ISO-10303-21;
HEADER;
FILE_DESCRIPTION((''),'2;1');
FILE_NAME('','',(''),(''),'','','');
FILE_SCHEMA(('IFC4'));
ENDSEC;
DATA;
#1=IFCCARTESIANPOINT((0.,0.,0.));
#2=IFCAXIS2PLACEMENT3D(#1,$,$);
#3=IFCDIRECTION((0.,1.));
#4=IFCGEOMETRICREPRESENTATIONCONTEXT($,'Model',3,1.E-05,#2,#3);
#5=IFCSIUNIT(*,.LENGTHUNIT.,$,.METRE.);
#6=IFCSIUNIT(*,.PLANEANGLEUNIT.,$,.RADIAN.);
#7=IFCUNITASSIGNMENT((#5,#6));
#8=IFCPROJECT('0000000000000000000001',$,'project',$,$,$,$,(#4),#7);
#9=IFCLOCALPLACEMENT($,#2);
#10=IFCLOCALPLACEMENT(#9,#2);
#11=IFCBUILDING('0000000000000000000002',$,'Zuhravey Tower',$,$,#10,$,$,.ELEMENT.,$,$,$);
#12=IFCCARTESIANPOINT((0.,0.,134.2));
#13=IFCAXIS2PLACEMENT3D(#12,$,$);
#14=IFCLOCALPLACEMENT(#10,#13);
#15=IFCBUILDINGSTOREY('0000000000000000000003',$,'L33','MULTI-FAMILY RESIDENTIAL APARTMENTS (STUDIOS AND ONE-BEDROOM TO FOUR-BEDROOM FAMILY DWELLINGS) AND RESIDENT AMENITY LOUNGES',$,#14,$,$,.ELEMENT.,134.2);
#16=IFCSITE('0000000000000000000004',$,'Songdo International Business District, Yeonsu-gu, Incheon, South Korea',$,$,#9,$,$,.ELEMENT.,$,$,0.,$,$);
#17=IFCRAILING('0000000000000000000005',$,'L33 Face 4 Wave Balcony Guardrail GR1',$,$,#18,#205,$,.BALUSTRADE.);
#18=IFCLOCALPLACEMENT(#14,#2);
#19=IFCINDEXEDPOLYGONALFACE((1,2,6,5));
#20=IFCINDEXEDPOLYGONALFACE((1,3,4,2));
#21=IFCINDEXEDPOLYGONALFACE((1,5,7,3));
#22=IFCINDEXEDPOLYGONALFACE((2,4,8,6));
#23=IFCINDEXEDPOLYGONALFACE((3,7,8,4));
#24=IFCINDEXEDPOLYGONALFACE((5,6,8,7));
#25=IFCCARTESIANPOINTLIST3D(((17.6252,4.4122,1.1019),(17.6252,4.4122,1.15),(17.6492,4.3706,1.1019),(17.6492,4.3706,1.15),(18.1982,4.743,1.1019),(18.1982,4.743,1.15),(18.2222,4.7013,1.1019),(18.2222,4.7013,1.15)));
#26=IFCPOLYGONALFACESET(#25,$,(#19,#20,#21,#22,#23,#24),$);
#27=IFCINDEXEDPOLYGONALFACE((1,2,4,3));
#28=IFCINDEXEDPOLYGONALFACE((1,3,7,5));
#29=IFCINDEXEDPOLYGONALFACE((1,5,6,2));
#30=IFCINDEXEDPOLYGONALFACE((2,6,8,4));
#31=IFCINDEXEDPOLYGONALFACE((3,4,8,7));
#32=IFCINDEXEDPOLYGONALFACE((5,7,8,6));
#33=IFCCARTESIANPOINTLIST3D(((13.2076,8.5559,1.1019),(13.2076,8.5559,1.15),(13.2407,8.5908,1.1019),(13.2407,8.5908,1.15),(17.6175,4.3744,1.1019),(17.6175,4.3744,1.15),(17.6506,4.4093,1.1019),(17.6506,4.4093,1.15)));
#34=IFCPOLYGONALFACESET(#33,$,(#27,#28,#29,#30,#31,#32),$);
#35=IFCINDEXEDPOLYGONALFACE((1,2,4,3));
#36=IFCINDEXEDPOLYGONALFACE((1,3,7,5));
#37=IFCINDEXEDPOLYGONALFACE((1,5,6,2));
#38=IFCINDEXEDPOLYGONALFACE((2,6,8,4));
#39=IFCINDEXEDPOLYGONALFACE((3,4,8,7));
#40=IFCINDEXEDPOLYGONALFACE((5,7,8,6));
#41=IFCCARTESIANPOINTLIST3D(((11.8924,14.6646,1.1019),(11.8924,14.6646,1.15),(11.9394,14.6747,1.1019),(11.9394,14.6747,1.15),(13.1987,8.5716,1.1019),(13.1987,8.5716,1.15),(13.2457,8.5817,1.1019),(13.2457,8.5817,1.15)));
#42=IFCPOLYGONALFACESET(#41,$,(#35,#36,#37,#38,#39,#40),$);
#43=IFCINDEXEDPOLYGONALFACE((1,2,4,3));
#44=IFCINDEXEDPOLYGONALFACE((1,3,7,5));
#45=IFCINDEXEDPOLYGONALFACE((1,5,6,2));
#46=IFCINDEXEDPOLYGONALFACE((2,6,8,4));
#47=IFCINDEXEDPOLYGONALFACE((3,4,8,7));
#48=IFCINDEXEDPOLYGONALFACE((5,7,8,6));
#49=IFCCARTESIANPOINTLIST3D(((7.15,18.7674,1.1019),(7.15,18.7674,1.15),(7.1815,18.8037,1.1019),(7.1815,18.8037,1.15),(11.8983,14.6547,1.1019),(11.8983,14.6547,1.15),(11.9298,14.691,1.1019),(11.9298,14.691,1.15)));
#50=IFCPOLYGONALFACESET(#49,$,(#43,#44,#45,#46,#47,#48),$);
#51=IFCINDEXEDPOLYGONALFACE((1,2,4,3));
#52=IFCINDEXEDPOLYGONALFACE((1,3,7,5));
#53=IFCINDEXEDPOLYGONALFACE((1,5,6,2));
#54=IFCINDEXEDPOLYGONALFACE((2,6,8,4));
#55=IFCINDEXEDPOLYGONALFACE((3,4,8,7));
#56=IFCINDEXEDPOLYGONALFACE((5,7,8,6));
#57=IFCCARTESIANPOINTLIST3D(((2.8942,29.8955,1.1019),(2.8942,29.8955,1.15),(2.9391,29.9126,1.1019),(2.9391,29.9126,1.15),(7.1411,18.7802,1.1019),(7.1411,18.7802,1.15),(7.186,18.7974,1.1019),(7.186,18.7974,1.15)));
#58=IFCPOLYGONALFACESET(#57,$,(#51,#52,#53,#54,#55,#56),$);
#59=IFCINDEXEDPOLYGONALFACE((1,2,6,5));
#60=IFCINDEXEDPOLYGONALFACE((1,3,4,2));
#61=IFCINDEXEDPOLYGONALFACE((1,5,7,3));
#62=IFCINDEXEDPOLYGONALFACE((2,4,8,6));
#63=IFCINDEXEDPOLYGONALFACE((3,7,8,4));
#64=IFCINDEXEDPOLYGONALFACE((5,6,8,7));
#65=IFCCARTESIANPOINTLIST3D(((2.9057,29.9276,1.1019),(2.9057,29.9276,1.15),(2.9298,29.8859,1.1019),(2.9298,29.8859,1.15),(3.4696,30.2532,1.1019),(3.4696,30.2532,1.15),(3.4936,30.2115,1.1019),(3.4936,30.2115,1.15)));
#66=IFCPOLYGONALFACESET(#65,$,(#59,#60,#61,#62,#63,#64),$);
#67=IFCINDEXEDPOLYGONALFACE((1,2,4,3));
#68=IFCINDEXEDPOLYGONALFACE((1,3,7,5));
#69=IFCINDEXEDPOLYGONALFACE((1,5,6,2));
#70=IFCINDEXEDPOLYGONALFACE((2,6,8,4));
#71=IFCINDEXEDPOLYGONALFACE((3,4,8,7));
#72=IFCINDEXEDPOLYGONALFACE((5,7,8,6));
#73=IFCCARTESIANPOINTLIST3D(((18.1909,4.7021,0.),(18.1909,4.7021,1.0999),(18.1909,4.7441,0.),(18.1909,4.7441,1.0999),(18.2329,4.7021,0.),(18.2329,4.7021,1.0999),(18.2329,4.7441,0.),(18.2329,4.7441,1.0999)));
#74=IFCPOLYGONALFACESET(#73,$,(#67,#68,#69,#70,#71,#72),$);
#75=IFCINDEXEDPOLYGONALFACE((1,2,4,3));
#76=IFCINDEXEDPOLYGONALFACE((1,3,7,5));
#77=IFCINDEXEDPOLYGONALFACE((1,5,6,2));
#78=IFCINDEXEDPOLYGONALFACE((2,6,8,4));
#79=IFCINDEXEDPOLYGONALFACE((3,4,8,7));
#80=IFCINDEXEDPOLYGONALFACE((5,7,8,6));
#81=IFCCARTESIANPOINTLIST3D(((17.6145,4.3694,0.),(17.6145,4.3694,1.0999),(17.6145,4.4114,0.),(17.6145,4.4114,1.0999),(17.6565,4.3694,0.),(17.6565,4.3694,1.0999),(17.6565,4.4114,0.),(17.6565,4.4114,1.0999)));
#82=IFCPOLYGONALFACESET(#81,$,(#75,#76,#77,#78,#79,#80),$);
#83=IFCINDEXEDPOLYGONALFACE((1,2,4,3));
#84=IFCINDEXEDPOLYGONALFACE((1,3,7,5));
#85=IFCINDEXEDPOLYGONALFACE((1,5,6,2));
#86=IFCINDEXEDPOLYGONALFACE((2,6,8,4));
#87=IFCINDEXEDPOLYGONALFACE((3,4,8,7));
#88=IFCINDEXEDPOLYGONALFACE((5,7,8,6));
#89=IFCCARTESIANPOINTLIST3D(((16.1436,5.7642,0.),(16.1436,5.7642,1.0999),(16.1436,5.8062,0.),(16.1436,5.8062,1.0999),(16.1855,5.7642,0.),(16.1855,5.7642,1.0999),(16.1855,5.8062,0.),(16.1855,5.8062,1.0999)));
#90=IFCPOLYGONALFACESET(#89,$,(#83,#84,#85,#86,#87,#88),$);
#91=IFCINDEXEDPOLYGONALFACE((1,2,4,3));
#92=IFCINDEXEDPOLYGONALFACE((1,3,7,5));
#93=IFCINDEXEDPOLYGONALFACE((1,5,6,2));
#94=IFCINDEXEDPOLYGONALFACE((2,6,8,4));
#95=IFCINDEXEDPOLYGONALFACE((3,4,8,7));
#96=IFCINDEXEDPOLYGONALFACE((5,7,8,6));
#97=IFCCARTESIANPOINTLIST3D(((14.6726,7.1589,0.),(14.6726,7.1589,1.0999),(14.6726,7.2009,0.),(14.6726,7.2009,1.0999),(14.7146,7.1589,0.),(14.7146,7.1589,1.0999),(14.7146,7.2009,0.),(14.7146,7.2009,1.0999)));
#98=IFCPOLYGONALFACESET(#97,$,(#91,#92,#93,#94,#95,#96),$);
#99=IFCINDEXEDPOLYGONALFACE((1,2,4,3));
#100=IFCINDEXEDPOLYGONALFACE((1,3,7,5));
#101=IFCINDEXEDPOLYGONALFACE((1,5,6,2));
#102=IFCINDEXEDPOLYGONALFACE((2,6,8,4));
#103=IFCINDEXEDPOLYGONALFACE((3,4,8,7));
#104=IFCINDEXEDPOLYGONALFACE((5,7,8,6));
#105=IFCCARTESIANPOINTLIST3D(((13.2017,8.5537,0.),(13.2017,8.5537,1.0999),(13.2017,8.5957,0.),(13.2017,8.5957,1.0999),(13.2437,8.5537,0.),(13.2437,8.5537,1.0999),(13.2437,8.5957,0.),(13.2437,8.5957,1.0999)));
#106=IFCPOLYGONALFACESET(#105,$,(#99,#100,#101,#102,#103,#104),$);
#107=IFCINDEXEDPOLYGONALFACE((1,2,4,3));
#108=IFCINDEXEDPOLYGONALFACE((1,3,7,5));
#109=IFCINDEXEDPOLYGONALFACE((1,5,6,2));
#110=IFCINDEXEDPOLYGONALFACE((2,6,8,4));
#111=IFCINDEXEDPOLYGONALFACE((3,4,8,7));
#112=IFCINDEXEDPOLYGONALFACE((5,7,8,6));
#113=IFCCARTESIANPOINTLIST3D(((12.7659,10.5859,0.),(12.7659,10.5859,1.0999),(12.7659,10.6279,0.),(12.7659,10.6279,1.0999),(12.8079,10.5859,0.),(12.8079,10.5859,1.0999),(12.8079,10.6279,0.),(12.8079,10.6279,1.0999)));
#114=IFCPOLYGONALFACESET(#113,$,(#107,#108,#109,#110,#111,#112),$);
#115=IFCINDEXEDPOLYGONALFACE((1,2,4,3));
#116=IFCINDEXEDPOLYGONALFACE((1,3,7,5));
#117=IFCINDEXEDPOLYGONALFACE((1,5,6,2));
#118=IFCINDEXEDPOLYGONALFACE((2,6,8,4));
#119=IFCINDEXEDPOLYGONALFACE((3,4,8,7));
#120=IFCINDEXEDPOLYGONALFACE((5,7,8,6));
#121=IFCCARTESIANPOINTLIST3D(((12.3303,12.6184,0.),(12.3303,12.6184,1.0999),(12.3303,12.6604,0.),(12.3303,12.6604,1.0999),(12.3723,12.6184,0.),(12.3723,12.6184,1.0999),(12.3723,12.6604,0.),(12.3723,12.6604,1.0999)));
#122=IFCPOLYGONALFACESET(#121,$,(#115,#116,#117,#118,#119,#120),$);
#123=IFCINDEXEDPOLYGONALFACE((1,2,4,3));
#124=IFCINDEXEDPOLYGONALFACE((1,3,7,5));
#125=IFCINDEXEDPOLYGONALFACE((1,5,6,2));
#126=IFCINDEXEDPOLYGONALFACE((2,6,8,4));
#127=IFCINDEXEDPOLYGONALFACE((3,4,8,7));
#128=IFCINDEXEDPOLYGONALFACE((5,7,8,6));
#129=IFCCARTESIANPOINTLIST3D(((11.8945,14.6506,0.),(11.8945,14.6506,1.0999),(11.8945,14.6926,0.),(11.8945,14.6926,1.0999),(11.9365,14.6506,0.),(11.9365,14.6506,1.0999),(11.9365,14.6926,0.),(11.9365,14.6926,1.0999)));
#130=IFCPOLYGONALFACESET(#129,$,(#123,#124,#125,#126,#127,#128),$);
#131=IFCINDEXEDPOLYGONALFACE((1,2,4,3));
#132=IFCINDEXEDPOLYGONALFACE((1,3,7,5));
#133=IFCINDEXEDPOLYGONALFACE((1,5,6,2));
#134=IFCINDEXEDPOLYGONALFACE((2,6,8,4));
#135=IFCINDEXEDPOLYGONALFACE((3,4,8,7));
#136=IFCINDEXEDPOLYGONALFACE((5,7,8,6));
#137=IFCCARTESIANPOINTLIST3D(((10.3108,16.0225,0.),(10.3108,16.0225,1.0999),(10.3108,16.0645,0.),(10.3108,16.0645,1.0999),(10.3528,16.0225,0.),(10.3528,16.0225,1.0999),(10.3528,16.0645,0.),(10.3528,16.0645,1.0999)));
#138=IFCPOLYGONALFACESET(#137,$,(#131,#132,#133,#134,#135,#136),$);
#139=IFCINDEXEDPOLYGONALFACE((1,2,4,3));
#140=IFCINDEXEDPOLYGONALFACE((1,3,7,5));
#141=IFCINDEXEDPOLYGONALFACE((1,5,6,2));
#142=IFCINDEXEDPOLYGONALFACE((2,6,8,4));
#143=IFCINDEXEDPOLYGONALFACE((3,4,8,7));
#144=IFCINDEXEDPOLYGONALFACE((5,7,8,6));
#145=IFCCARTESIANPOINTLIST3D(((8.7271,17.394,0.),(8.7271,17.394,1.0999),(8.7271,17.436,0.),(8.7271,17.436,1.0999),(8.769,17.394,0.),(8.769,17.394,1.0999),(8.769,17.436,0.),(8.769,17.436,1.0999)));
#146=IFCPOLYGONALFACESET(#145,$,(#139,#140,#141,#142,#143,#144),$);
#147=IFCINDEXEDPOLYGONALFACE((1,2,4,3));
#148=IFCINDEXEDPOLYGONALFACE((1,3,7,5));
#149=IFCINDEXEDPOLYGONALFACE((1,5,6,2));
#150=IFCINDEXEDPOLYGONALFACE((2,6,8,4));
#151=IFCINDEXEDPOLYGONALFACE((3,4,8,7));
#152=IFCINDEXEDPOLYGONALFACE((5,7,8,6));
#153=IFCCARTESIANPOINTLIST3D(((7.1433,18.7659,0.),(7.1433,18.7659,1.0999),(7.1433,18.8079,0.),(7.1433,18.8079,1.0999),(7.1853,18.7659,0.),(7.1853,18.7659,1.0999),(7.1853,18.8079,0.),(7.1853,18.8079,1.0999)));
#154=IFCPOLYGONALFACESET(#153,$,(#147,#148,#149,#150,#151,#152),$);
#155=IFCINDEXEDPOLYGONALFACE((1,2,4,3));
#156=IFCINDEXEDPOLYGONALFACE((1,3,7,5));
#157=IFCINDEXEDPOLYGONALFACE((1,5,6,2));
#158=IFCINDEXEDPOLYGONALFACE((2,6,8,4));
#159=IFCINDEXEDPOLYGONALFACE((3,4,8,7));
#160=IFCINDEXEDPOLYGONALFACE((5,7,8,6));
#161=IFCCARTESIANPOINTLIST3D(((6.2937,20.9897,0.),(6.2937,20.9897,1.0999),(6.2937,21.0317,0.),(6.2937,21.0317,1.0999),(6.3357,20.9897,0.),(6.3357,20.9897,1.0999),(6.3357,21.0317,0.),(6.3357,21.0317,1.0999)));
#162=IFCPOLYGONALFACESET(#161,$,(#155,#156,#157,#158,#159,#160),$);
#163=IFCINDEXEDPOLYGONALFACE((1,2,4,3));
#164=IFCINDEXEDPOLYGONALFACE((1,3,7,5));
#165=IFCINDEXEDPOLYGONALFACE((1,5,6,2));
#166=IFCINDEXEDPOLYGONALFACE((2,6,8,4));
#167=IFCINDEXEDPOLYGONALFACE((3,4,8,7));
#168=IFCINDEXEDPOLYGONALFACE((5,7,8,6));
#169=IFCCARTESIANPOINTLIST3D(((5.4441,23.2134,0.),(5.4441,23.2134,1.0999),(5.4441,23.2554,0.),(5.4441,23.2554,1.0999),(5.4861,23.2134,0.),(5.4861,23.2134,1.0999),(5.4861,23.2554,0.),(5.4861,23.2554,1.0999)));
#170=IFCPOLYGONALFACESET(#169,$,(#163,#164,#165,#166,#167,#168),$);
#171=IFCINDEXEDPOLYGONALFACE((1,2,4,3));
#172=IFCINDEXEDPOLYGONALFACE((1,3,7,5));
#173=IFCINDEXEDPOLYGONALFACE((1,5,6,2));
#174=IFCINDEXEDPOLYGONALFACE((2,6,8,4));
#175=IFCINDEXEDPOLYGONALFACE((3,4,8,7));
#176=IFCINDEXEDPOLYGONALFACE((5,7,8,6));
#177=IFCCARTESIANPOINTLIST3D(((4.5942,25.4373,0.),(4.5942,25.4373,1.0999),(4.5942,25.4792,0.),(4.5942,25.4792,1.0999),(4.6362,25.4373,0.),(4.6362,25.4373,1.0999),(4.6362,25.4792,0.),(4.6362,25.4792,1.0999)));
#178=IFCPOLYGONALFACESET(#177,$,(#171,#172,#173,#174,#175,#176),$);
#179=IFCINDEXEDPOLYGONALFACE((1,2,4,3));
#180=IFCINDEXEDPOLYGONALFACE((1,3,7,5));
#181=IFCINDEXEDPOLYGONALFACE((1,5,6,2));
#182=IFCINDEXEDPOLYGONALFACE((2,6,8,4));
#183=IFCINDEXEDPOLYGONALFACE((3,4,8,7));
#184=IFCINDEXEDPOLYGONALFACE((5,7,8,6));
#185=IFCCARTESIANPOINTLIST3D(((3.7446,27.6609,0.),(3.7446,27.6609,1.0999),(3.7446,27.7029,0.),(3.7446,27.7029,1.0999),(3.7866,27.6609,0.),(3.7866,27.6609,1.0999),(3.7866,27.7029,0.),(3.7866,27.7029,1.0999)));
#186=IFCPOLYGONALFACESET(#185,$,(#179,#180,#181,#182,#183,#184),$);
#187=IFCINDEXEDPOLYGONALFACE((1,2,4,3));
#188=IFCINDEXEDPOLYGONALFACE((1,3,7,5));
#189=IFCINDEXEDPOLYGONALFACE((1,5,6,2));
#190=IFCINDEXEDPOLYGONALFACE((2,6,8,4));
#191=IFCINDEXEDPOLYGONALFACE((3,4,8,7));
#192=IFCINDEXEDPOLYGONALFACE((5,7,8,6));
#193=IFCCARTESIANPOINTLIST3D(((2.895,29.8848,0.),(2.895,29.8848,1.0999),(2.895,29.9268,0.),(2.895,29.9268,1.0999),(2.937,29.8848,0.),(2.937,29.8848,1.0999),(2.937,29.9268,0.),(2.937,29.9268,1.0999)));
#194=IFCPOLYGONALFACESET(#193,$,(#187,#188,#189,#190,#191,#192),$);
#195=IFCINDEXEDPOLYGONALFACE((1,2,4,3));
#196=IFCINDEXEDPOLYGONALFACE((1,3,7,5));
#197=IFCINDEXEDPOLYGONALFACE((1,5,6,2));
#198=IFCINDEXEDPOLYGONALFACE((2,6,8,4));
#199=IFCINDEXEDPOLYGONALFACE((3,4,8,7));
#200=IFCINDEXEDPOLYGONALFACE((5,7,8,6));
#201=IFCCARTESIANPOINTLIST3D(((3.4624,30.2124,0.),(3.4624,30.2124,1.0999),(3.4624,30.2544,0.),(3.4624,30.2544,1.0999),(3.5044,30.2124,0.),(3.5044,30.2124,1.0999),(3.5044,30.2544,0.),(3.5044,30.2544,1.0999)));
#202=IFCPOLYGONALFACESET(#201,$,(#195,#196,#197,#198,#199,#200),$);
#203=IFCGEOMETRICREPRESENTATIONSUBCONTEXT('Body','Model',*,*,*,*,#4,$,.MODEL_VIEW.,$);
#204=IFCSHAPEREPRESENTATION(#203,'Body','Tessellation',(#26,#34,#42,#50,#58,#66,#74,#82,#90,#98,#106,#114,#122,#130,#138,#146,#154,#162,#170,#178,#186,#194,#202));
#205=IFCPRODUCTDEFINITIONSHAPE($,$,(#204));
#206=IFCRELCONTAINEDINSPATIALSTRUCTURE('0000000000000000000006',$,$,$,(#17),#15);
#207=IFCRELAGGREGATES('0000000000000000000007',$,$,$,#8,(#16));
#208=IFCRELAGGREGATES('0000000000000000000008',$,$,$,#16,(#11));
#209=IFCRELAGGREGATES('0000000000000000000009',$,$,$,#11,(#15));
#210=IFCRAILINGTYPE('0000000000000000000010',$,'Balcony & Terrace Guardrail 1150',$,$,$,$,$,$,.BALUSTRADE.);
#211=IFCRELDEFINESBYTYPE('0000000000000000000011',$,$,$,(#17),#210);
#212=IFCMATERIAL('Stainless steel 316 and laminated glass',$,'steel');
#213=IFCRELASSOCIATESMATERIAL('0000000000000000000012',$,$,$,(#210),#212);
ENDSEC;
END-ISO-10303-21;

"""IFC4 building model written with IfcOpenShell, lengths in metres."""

from ifc_helpers import new_model, si_unit, direction, frame, origin, origin_2d, place, context, subcontext, project, spatial, rectangle, extrude, material, type_object, element, save


model = new_model("IFC4")

# Units and contexts
model_context = context("Model", 3, precision=1e-05, world=origin(), true_north=direction((0.0, 1.0)))
body_context = subcontext(model_context, "Body", "Model", "MODEL_VIEW")
ifc_project = project(units=[si_unit("LENGTHUNIT", "METRE"), si_unit("PLANEANGLEUNIT", "RADIAN")], contexts=[model_context])

# Site, building, storey
site_placement = place(None, origin())
site = spatial("IfcSite", under=ifc_project, at=site_placement, Name="Songdo International Business District, Yeonsu-gu, Incheon, South Korea", CompositionType="ELEMENT", RefElevation=0.0)
building_placement = place(site_placement, origin())
building = spatial("IfcBuilding", under=site, at=building_placement, Name="Zuhravey Tower", CompositionType="ELEMENT")
storey_placement = place(building_placement, frame((0.0, 0.0, 134.2)))
storey = spatial("IfcBuildingStorey", under=building, at=storey_placement, Name="L33", Description="MULTI-FAMILY RESIDENTIAL APARTMENTS (STUDIOS AND ONE-BEDROOM TO FOUR-BEDROOM FAMILY DWELLINGS) AND RESIDENT AMENITY LOUNGES", CompositionType="ELEMENT", Elevation=134.2)

# Railing
ifc_material_1 = material(Name="Stainless steel 316 and laminated glass", Category="steel")
railing_type = type_object("IfcRailingType", Name="Balcony & Terrace Guardrail 1150", PredefinedType="BALUSTRADE", material=ifc_material_1)
railing_placement = place(storey_placement, frame((18.2119, 4.7231, 0.0)))
element("IfcRailing", 1, at=railing_placement, inside=storey, type_object=railing_type, Name="L33 Face 4 Wave Balcony Guardrail GR1", PredefinedType="BALUSTRADE", context=body_context, shape_type="SweptSolid", body=[
    extrude(rectangle(XDim=0.0481, YDim=0.0481, at=origin_2d()), frame((-0.0017, -0.001, 1.126), z_axis=(-0.866045, -0.499966, 0.0), x_axis=(0.499966, -0.866045, 0.0)), (0.0, 0.0, 1.0), 0.6616),
    extrude(rectangle(XDim=0.0481, YDim=0.0481, at=origin_2d()), frame((-0.5779, -0.3313, 1.126), z_axis=(-0.725646, 0.688069, 0.0), x_axis=(-0.688069, -0.725646, 0.0)), (0.0, 0.0, 1.0), 6.0771),
    extrude(rectangle(XDim=0.0481, YDim=0.0481, at=origin_2d()), frame((-4.9897, 3.8535, 1.126), z_axis=(-0.209628, 0.977781, 0.0), x_axis=(-0.977781, -0.209628, 0.0)), (0.0, 0.0, 1.0), 6.2314),
    extrude(rectangle(XDim=0.0481, YDim=0.0481, at=origin_2d()), frame((-6.2979, 9.9497, 1.126), z_axis=(-0.755885, 0.654704, 0.0), x_axis=(-0.654704, -0.755885, 0.0)), (0.0, 0.0, 1.0), 6.2817),
    extrude(rectangle(XDim=0.0481, YDim=0.0481, at=origin_2d()), frame((-11.0483, 14.0657, 1.126), z_axis=(-0.356914, 0.934137, 0.0), x_axis=(-0.934137, -0.356914, 0.0)), (0.0, 0.0, 1.0), 11.8989),
    extrude(rectangle(XDim=0.0481, YDim=0.0481, at=origin_2d()), frame((-15.2942, 25.1836, 1.126), z_axis=(0.865987, 0.500067, 0.0), x_axis=(-0.500067, 0.865987, 0.0)), (0.0, 0.0, 1.0), 0.6511),
    extrude(rectangle(XDim=0.042, YDim=0.042, at=origin_2d()), origin(), (0.0, 0.0, 1.0), 1.0999),
    extrude(rectangle(XDim=0.042, YDim=0.042, at=origin_2d()), frame((-0.5764, -0.3328, 0.0)), (0.0, 0.0, 1.0), 1.0999),
    extrude(rectangle(XDim=0.042, YDim=0.042, at=origin_2d()), frame((-2.0474, 1.062, 0.0)), (0.0, 0.0, 1.0), 1.0999),
    extrude(rectangle(XDim=0.042, YDim=0.042, at=origin_2d()), frame((-3.5183, 2.4568, 0.0)), (0.0, 0.0, 1.0), 1.0999),
    extrude(rectangle(XDim=0.042, YDim=0.042, at=origin_2d()), frame((-4.9893, 3.8516, 0.0)), (0.0, 0.0, 1.0), 1.0999),
    extrude(rectangle(XDim=0.042, YDim=0.042, at=origin_2d()), frame((-5.425, 5.8838, 0.0)), (0.0, 0.0, 1.0), 1.0999),
    extrude(rectangle(XDim=0.042, YDim=0.042, at=origin_2d()), frame((-5.8606, 7.9163, 0.0)), (0.0, 0.0, 1.0), 1.0999),
    extrude(rectangle(XDim=0.042, YDim=0.042, at=origin_2d()), frame((-6.2964, 9.9485, 0.0)), (0.0, 0.0, 1.0), 1.0999),
    extrude(rectangle(XDim=0.042, YDim=0.042, at=origin_2d()), frame((-7.8801, 11.3203, 0.0)), (0.0, 0.0, 1.0), 1.0999),
    extrude(rectangle(XDim=0.042, YDim=0.042, at=origin_2d()), frame((-9.4639, 12.6919, 0.0)), (0.0, 0.0, 1.0), 1.0999),
    extrude(rectangle(XDim=0.042, YDim=0.042, at=origin_2d()), frame((-11.0476, 14.0637, 0.0)), (0.0, 0.0, 1.0), 1.0999),
    extrude(rectangle(XDim=0.042, YDim=0.042, at=origin_2d()), frame((-11.8972, 16.2876, 0.0)), (0.0, 0.0, 1.0), 1.0999),
    extrude(rectangle(XDim=0.042, YDim=0.042, at=origin_2d()), frame((-12.7468, 18.5112, 0.0)), (0.0, 0.0, 1.0), 1.0999),
    extrude(rectangle(XDim=0.042, YDim=0.042, at=origin_2d()), frame((-13.5967, 20.7351, 0.0)), (0.0, 0.0, 1.0), 1.0999),
    extrude(rectangle(XDim=0.042, YDim=0.042, at=origin_2d()), frame((-14.4463, 22.9587, 0.0)), (0.0, 0.0, 1.0), 1.0999),
    extrude(rectangle(XDim=0.042, YDim=0.042, at=origin_2d()), frame((-15.2959, 25.1826, 0.0)), (0.0, 0.0, 1.0), 1.0999),
    extrude(rectangle(XDim=0.042, YDim=0.042, at=origin_2d()), frame((-14.7285, 25.5103, 0.0)), (0.0, 0.0, 1.0), 1.0999),
])

save(model, "model.ifc")
